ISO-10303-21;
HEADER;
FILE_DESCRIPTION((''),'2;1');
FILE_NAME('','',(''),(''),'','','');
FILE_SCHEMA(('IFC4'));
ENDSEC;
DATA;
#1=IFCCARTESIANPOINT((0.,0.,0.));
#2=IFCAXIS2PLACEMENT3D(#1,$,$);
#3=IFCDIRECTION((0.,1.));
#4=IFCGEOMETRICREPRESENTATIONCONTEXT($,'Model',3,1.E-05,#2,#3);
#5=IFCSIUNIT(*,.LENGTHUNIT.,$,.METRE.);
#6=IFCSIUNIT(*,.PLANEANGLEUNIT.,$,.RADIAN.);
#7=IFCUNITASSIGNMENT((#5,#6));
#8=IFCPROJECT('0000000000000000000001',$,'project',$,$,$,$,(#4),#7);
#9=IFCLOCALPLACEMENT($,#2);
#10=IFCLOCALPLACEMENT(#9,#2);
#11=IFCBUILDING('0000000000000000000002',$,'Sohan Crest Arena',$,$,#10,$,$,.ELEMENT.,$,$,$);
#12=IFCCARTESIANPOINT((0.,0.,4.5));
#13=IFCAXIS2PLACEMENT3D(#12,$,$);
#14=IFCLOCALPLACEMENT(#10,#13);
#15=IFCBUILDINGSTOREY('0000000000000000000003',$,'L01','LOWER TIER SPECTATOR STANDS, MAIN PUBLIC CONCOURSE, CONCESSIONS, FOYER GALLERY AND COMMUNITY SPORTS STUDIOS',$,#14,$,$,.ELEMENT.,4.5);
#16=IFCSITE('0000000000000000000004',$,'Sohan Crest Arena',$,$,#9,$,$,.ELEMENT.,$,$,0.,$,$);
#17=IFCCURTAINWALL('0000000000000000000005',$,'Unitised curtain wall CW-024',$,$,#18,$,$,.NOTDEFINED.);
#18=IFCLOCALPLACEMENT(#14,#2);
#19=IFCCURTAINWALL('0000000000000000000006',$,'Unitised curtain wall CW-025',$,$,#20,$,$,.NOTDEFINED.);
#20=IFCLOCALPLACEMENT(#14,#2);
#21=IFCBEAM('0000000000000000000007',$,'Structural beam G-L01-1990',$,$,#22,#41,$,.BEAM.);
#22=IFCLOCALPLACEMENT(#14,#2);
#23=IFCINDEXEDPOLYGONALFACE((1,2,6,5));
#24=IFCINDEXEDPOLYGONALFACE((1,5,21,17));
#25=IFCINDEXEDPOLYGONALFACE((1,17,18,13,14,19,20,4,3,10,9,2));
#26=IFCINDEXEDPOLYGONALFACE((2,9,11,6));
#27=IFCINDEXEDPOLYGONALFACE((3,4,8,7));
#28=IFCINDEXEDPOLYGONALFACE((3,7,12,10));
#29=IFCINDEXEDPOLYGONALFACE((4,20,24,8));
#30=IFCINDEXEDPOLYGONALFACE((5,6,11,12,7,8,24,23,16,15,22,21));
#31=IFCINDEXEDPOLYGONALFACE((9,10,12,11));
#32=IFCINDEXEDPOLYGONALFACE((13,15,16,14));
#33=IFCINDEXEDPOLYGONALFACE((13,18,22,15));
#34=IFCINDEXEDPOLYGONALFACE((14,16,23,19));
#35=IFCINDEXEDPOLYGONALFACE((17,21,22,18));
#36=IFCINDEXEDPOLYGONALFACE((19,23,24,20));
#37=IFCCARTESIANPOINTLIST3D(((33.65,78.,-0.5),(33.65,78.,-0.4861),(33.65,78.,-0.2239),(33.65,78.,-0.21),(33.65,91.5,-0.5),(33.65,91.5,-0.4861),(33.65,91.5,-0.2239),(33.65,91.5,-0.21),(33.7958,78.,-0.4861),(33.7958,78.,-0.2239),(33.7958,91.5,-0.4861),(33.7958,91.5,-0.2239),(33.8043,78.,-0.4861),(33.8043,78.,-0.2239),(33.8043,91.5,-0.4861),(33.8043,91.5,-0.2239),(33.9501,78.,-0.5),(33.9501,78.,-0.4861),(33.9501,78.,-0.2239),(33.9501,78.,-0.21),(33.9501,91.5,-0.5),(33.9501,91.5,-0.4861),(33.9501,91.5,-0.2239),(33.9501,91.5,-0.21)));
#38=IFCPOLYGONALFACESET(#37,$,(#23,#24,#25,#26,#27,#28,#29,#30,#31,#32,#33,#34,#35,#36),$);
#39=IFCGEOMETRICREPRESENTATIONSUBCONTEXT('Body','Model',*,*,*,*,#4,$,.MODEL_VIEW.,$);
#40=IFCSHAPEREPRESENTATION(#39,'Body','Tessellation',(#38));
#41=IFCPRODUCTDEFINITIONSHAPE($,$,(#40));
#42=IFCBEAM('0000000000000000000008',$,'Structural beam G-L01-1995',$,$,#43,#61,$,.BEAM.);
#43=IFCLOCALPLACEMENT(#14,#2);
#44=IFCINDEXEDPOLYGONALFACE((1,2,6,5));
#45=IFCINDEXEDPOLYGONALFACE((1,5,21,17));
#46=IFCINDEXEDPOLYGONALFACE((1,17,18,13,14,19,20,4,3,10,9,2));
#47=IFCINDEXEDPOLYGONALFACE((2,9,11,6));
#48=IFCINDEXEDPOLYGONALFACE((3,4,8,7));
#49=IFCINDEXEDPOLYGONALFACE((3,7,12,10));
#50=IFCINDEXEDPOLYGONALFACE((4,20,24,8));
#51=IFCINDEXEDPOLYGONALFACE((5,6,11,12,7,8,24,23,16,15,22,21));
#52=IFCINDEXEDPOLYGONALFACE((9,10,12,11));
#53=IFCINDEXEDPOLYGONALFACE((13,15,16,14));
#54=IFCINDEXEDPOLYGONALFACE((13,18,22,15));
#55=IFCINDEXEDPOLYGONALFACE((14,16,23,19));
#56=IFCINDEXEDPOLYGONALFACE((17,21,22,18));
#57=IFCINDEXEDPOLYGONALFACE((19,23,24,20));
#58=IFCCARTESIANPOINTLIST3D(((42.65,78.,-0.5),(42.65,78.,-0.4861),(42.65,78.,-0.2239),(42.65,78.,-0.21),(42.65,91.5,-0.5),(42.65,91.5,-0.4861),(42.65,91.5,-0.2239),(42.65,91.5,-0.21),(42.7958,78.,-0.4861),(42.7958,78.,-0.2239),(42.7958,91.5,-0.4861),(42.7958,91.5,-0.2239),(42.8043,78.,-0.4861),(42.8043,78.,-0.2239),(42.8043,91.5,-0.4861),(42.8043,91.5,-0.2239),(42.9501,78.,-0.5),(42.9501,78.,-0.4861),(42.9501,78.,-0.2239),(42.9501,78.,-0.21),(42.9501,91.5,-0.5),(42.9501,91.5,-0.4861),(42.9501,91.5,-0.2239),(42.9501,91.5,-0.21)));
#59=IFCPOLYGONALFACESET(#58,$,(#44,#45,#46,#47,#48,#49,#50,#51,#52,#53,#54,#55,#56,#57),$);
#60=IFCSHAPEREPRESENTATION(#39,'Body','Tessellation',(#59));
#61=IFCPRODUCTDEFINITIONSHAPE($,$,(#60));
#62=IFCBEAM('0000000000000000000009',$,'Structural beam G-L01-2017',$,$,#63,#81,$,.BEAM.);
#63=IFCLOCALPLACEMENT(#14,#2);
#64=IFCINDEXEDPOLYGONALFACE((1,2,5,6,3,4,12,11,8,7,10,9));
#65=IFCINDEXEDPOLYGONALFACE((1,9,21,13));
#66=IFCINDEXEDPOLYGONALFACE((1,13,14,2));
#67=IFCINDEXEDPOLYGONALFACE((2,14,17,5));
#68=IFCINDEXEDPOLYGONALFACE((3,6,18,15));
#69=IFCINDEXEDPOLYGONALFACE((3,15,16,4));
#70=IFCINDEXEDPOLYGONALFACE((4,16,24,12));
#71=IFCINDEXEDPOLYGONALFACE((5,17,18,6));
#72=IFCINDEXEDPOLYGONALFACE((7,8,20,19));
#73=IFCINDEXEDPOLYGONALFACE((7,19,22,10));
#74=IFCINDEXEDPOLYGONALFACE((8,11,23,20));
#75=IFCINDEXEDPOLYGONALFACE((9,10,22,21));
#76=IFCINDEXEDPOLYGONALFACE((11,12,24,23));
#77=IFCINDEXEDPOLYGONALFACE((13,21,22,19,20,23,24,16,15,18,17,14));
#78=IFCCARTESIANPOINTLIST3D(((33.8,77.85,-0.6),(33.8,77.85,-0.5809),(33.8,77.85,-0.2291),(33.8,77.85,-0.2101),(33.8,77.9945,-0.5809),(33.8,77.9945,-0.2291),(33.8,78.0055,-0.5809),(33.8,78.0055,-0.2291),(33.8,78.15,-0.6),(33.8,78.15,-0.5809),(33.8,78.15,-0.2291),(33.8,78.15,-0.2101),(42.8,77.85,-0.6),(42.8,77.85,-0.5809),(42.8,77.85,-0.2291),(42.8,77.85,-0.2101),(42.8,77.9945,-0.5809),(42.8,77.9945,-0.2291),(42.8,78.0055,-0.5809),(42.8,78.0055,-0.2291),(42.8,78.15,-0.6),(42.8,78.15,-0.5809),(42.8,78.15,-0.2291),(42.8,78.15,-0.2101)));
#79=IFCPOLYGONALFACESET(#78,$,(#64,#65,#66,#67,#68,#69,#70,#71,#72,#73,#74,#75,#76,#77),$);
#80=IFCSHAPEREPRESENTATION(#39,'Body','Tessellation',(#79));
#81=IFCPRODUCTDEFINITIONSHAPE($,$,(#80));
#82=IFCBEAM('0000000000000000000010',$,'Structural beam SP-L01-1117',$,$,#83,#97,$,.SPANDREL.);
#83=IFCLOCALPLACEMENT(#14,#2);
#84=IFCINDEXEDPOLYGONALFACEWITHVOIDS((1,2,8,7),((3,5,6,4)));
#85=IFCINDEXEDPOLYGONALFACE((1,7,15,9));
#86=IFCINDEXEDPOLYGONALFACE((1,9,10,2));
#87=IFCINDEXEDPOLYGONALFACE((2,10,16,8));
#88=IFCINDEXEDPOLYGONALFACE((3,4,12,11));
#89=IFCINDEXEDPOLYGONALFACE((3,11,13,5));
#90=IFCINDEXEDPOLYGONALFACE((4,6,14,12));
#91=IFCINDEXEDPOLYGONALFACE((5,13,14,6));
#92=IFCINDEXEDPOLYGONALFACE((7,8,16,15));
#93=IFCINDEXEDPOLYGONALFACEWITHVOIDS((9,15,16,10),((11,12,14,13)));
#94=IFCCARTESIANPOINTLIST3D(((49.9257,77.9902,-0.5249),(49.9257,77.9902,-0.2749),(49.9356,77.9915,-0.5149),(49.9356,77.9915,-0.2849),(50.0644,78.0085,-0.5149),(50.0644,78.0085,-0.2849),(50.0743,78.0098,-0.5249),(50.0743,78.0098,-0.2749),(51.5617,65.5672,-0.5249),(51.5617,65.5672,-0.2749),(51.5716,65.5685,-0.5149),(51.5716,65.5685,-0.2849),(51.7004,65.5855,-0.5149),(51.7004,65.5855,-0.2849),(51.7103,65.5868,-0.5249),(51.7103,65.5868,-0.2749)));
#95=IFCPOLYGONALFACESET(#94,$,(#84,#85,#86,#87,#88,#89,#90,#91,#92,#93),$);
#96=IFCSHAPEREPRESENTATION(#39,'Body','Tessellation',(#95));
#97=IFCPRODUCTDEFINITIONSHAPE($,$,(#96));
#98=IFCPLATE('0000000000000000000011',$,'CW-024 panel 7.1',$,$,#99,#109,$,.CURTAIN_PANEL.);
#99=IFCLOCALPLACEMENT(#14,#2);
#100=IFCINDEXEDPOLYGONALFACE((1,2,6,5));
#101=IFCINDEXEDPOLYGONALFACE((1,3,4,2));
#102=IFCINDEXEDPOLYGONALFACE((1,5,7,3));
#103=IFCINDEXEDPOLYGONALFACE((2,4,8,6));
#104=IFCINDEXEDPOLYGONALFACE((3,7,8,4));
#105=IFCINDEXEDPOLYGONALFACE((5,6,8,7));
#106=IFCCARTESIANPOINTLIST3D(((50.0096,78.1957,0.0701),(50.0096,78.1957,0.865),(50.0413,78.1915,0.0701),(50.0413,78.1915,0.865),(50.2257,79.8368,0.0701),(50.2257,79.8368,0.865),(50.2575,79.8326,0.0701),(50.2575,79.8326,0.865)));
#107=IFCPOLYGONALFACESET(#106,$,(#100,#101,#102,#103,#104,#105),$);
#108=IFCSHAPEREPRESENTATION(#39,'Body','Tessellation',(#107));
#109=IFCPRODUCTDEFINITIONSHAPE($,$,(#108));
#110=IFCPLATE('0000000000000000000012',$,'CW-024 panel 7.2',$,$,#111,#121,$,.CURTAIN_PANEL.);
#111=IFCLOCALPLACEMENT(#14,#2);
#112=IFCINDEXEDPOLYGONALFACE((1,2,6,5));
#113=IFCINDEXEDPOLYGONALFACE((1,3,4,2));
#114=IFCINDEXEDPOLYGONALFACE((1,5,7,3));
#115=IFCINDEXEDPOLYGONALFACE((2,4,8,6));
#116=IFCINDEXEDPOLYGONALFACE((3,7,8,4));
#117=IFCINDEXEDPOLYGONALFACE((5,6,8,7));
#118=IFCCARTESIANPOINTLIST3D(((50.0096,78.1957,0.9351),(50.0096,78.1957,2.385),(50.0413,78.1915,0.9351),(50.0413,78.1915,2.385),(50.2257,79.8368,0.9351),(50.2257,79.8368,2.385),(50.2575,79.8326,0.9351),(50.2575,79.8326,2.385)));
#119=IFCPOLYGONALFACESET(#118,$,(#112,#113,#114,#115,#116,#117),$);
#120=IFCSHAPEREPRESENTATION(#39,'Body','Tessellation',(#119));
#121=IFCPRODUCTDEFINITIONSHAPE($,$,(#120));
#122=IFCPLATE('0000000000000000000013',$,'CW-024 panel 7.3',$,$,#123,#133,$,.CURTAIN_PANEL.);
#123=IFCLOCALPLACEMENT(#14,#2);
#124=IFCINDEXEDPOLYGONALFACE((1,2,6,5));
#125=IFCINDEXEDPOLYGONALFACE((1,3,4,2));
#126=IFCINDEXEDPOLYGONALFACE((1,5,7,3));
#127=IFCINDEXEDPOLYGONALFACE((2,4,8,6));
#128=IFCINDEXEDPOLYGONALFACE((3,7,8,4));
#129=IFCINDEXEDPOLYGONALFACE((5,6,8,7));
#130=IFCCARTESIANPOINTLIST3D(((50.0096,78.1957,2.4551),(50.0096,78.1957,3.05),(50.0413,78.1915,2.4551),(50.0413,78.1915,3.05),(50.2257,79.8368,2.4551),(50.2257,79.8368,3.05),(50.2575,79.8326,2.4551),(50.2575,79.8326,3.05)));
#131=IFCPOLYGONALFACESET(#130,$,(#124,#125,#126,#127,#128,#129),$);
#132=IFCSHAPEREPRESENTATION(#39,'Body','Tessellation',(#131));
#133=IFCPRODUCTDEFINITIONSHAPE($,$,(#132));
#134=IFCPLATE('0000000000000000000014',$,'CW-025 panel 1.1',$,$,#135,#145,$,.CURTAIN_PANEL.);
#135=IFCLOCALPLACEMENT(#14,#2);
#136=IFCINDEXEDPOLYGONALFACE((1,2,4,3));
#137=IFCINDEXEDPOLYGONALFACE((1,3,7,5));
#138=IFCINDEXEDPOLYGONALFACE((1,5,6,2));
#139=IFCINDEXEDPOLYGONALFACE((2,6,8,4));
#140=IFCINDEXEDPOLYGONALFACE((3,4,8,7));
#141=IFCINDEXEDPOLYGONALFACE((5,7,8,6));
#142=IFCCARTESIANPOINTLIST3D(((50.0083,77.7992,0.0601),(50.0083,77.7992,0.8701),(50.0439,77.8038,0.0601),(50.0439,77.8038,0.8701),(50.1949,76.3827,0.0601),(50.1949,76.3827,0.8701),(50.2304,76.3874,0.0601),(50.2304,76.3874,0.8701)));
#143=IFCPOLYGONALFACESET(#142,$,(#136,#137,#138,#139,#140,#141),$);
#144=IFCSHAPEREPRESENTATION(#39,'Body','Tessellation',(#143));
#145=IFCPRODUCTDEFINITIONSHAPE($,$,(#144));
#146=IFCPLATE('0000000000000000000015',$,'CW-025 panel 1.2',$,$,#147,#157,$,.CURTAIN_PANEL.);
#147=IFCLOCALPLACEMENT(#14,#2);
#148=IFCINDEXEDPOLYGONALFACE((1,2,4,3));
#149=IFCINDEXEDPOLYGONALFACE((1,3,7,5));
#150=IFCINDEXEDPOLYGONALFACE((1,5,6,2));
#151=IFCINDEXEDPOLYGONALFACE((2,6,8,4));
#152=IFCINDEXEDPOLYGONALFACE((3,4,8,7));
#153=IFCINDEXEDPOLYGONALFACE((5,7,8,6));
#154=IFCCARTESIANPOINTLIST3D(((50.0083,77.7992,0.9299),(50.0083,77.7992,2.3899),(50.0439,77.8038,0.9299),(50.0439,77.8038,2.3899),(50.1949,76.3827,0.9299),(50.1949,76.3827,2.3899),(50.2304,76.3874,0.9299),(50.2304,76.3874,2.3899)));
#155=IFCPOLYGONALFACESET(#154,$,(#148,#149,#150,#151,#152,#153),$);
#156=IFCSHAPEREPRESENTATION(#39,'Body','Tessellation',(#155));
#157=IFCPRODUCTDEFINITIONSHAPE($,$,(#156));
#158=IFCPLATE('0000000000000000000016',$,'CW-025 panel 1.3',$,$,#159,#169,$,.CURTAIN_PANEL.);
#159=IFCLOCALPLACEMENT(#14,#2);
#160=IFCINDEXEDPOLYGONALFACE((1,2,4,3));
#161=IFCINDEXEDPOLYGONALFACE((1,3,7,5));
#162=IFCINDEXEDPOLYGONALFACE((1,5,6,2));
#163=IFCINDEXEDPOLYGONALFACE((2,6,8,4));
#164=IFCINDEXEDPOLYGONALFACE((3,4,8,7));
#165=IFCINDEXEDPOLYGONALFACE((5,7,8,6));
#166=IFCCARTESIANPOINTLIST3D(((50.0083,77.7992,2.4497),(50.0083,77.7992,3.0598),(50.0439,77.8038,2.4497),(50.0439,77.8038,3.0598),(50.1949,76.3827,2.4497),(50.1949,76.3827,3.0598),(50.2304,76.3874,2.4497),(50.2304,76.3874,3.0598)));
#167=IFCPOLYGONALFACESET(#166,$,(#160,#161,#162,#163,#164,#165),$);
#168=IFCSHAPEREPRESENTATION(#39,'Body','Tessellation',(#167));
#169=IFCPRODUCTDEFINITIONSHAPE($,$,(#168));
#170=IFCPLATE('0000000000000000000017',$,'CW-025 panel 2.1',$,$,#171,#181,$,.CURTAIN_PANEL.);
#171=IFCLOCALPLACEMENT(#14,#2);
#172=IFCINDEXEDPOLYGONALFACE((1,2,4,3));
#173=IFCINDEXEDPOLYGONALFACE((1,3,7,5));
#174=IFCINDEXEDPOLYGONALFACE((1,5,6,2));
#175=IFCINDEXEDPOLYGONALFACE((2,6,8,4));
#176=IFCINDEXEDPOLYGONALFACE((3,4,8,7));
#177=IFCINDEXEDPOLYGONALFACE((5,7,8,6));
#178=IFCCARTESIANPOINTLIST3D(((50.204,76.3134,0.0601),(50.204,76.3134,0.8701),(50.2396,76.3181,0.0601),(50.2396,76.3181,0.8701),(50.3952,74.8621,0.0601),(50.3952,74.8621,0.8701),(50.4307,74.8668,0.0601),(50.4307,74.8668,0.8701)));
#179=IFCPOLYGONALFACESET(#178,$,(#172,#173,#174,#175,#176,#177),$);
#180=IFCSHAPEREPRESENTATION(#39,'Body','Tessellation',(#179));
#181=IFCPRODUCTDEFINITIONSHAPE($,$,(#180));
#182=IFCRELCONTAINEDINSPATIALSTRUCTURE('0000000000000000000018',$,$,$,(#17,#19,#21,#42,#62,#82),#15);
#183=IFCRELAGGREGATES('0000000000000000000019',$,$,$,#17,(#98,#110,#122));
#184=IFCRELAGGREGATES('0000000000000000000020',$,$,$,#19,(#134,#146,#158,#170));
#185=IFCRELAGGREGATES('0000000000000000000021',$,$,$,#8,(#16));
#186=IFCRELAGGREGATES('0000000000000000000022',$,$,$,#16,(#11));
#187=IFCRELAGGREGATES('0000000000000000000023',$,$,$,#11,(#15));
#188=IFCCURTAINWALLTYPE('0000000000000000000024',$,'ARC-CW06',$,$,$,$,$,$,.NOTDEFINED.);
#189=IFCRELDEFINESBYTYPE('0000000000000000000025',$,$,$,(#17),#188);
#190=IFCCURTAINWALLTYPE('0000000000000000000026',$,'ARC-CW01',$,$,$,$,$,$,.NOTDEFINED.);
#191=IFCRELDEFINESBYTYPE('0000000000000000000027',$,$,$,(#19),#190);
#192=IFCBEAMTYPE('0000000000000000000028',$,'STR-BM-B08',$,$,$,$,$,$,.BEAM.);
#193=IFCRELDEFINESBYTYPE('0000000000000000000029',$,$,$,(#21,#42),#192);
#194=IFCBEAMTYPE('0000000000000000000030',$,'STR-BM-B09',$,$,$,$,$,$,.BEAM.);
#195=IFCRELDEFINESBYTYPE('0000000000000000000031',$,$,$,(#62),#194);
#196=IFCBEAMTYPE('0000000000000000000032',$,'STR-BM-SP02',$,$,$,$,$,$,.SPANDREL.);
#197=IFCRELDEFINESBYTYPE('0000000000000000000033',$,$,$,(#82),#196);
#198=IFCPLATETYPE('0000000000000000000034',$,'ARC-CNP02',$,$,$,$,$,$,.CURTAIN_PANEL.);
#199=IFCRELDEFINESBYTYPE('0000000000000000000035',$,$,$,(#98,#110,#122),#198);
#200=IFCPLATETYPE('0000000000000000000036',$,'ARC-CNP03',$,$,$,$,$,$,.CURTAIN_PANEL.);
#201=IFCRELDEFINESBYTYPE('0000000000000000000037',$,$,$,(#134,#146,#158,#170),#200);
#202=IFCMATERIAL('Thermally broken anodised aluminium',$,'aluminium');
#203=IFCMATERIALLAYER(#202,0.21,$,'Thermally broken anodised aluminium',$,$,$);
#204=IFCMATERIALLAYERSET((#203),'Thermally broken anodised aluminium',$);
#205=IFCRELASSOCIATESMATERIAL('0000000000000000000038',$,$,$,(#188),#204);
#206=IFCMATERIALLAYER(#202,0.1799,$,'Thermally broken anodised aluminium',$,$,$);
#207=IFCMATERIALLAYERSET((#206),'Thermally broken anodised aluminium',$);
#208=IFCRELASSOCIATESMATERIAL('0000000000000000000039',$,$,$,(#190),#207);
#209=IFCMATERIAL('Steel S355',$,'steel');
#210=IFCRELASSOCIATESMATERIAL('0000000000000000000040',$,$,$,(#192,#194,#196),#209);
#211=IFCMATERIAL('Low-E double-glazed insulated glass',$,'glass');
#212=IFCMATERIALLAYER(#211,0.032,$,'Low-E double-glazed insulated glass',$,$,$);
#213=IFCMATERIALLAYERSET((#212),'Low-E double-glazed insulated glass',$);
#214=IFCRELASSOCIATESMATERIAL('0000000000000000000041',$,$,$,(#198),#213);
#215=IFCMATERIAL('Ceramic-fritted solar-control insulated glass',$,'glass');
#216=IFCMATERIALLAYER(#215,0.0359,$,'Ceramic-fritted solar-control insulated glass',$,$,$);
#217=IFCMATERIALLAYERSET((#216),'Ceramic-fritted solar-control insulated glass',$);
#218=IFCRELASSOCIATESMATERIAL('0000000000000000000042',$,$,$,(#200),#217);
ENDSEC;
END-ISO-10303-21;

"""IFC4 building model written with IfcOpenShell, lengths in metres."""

from ifc_helpers import new_model, si_unit, direction, frame, origin, origin_2d, place, context, subcontext, project, spatial, rectangle, hollow_rectangle, i_section, extrude, material, layer, layer_set, material_profile, profile_set, type_object, element, aggregate, save


model = new_model("IFC4")

# Units and contexts
model_context = context("Model", 3, precision=1e-05, world=origin(), true_north=direction((0.0, 1.0)))
body_context = subcontext(model_context, "Body", "Model", "MODEL_VIEW")
ifc_project = project(units=[si_unit("LENGTHUNIT", "METRE"), si_unit("PLANEANGLEUNIT", "RADIAN")], contexts=[model_context])

# Site, building, storey
site_placement = place(None, origin())
site = spatial("IfcSite", under=ifc_project, at=site_placement, Name="Sohan Crest Arena", CompositionType="ELEMENT", RefElevation=0.0)
building_placement = place(site_placement, origin())
building = spatial("IfcBuilding", under=site, at=building_placement, Name="Sohan Crest Arena", CompositionType="ELEMENT")
storey_placement = place(building_placement, frame((0.0, 0.0, 4.5)))
storey = spatial("IfcBuildingStorey", under=building, at=storey_placement, Name="L01", Description="LOWER TIER SPECTATOR STANDS, MAIN PUBLIC CONCOURSE, CONCESSIONS, FOYER GALLERY AND COMMUNITY SPORTS STUDIOS", CompositionType="ELEMENT", Elevation=4.5)

# Shared definitions
ifc_material_1 = material(Name="Steel S355", Category="steel")

# Curtain walls
ifc_material_2 = material(Name="Thermally broken anodised aluminium", Category="aluminium")
ifc_layer_1 = layer(ifc_material_2, 0.21, Name="Thermally broken anodised aluminium")
ifc_layer_set_1 = layer_set([ifc_layer_1], Name="Thermally broken anodised aluminium")
curtain_wall_type_1 = type_object("IfcCurtainWallType", Name="ARC-CW06", PredefinedType="NOTDEFINED", material=ifc_layer_set_1)
curtain_wall_1_placement = place(storey_placement, origin())
curtain_wall_1 = element("IfcCurtainWall", 1, at=curtain_wall_1_placement, inside=storey, type_object=curtain_wall_type_1, Name="Unitised curtain wall CW-024", PredefinedType="NOTDEFINED")
ifc_layer_2 = layer(ifc_material_2, 0.1799, Name="Thermally broken anodised aluminium")
ifc_layer_set_2 = layer_set([ifc_layer_2], Name="Thermally broken anodised aluminium")
curtain_wall_type_2 = type_object("IfcCurtainWallType", Name="ARC-CW01", PredefinedType="NOTDEFINED", material=ifc_layer_set_2)
curtain_wall_2_placement = place(storey_placement, origin())
curtain_wall_2 = element("IfcCurtainWall", 2, at=curtain_wall_2_placement, inside=storey, type_object=curtain_wall_type_2, Name="Unitised curtain wall CW-025", PredefinedType="NOTDEFINED")

# Beams
ifc_material_profile_1 = material_profile(ifc_material_1, i_section(OverallWidth=0.3, OverallDepth=0.29, WebThickness=0.0085, FlangeThickness=0.0139, at=origin_2d()), Name="HEA 300")
ifc_profile_set_1 = profile_set([ifc_material_profile_1], Name="Steel S355")
beam_type_1 = type_object("IfcBeamType", Name="STR-BM-B08", PredefinedType="BEAM", material=ifc_profile_set_1)
for number, where, z_axis, x_axis, name in (
    (3, (33.8, 78.0, -0.355), (0.0, 1.0, 0.0), (-1.0, 0.0, 0.0), "Structural beam G-L01-1990"),
    (4, (42.8, 78.0, -0.355), (0.0, 1.0, 0.0), (-1.0, 0.0, 0.0), "Structural beam G-L01-1995"),
):
    element("IfcBeam", number, at=place(storey_placement, frame(where, z_axis=z_axis, x_axis=x_axis)), inside=storey, type_object=beam_type_1, Name=name, PredefinedType="BEAM", context=body_context, shape_type="SweptSolid", body=[
        extrude(i_section(OverallWidth=0.3, OverallDepth=0.29, WebThickness=0.0085, FlangeThickness=0.0139, at=origin_2d()), origin(), (0.0, 0.0, 1.0), 13.5),
    ])
ifc_material_profile_2 = material_profile(ifc_material_1, i_section(OverallWidth=0.3, OverallDepth=0.3899, WebThickness=0.011, FlangeThickness=0.019, at=origin_2d()), Name="HEA 400")
ifc_profile_set_2 = profile_set([ifc_material_profile_2], Name="Steel S355")
beam_type_2 = type_object("IfcBeamType", Name="STR-BM-B09", PredefinedType="BEAM", material=ifc_profile_set_2)
beam_1_placement = place(storey_placement, frame((33.8, 78.0, -0.405), z_axis=(1.0, 0.0, 0.0), x_axis=(0.0, 1.0, 0.0)))
element("IfcBeam", 5, at=beam_1_placement, inside=storey, type_object=beam_type_2, Name="Structural beam G-L01-2017", PredefinedType="BEAM", context=body_context, shape_type="SweptSolid", body=[
    extrude(i_section(OverallWidth=0.3, OverallDepth=0.3899, WebThickness=0.011, FlangeThickness=0.019, at=origin_2d()), origin(), (0.0, 0.0, 1.0), 9.0),
])
ifc_material_profile_3 = material_profile(ifc_material_1, hollow_rectangle(XDim=0.1499, YDim=0.25, WallThickness=0.01, at=origin_2d()), Name="RHS 250x150x10")
ifc_profile_set_3 = profile_set([ifc_material_profile_3], Name="Steel S355")
beam_type_3 = type_object("IfcBeamType", Name="STR-BM-SP02", PredefinedType="SPANDREL", material=ifc_profile_set_3)
beam_2_placement = place(storey_placement, frame((50.0, 78.0, -0.3999), z_axis=(0.130562, -0.99144, 0.0), x_axis=(0.99144, 0.130562, 0.0)))
element("IfcBeam", 6, at=beam_2_placement, inside=storey, type_object=beam_type_3, Name="Structural beam SP-L01-1117", PredefinedType="SPANDREL", context=body_context, shape_type="SweptSolid", body=[
    extrude(hollow_rectangle(XDim=0.1499, YDim=0.25, WallThickness=0.01, at=origin_2d()), origin(), (0.0, 0.0, 1.0), 12.5303),
])

# Plates
ifc_material_3 = material(Name="Low-E double-glazed insulated glass", Category="glass")
ifc_layer_3 = layer(ifc_material_3, 0.032, Name="Low-E double-glazed insulated glass")
ifc_layer_set_3 = layer_set([ifc_layer_3], Name="Low-E double-glazed insulated glass")
plate_type_1 = type_object("IfcPlateType", Name="ARC-CNP02", PredefinedType="CURTAIN_PANEL", material=ifc_layer_set_3)
plate_1_placement = place(storey_placement, frame((50.1335, 79.0142, 0.0701), z_axis=(0.0, 0.0, 1.0), x_axis=(-0.130562, -0.99144, 0.0)))
plate_1 = element("IfcPlate", 7, at=plate_1_placement, type_object=plate_type_1, Name="CW-024 panel 7.1", PredefinedType="CURTAIN_PANEL", context=body_context, shape_type="SweptSolid", body=[
    extrude(rectangle(XDim=1.6553, YDim=0.032, at=origin_2d()), origin(), (0.0, 0.0, 1.0), 0.7949),
])
plate_2_placement = place(storey_placement, frame((50.1335, 79.0142, 0.9351), z_axis=(0.0, 0.0, 1.0), x_axis=(-0.130562, -0.99144, 0.0)))
plate_2 = element("IfcPlate", 8, at=plate_2_placement, type_object=plate_type_1, Name="CW-024 panel 7.2", PredefinedType="CURTAIN_PANEL", context=body_context, shape_type="SweptSolid", body=[
    extrude(rectangle(XDim=1.6553, YDim=0.032, at=origin_2d()), origin(), (0.0, 0.0, 1.0), 1.45),
])
plate_3_placement = place(storey_placement, frame((50.1335, 79.0142, 2.4551), z_axis=(0.0, 0.0, 1.0), x_axis=(-0.130562, -0.99144, 0.0)))
plate_3 = element("IfcPlate", 9, at=plate_3_placement, type_object=plate_type_1, Name="CW-024 panel 7.3", PredefinedType="CURTAIN_PANEL", context=body_context, shape_type="SweptSolid", body=[
    extrude(rectangle(XDim=1.6553, YDim=0.032, at=origin_2d()), origin(), (0.0, 0.0, 1.0), 0.595),
])
aggregate(curtain_wall_1, [plate_1, plate_2, plate_3])
ifc_material_4 = material(Name="Ceramic-fritted solar-control insulated glass", Category="glass")
ifc_layer_4 = layer(ifc_material_4, 0.0359, Name="Ceramic-fritted solar-control insulated glass")
ifc_layer_set_4 = layer_set([ifc_layer_4], Name="Ceramic-fritted solar-control insulated glass")
plate_type_2 = type_object("IfcPlateType", Name="ARC-CNP03", PredefinedType="CURTAIN_PANEL", material=ifc_layer_set_4)
plate_4_placement = place(storey_placement, frame((50.1194, 77.0933, 0.0601), z_axis=(0.0, 0.0, 1.0), x_axis=(0.130562, -0.99144, 0.0)))
plate_4 = element("IfcPlate", 10, at=plate_4_placement, type_object=plate_type_2, Name="CW-025 panel 1.1", PredefinedType="CURTAIN_PANEL", context=body_context, shape_type="SweptSolid", body=[
    extrude(rectangle(XDim=1.4287, YDim=0.0359, at=origin_2d()), origin(), (0.0, 0.0, 1.0), 0.8101),
])
plate_5_placement = place(storey_placement, frame((50.1194, 77.0933, 0.9299), z_axis=(0.0, 0.0, 1.0), x_axis=(0.130562, -0.99144, 0.0)))
plate_5 = element("IfcPlate", 11, at=plate_5_placement, type_object=plate_type_2, Name="CW-025 panel 1.2", PredefinedType="CURTAIN_PANEL", context=body_context, shape_type="SweptSolid", body=[
    extrude(rectangle(XDim=1.4287, YDim=0.0359, at=origin_2d()), origin(), (0.0, 0.0, 1.0), 1.46),
])
plate_6_placement = place(storey_placement, frame((50.1194, 77.0933, 2.4497), z_axis=(0.0, 0.0, 1.0), x_axis=(0.130562, -0.99144, 0.0)))
plate_6 = element("IfcPlate", 12, at=plate_6_placement, type_object=plate_type_2, Name="CW-025 panel 1.3", PredefinedType="CURTAIN_PANEL", context=body_context, shape_type="SweptSolid", body=[
    extrude(rectangle(XDim=1.4287, YDim=0.0359, at=origin_2d()), origin(), (0.0, 0.0, 1.0), 0.6101),
])
plate_7_placement = place(storey_placement, frame((50.3174, 75.5901, 0.0601), z_axis=(0.0, 0.0, 1.0), x_axis=(0.130562, -0.99144, 0.0)))
plate_7 = element("IfcPlate", 13, at=plate_7_placement, type_object=plate_type_2, Name="CW-025 panel 2.1", PredefinedType="CURTAIN_PANEL", context=body_context, shape_type="SweptSolid", body=[
    extrude(rectangle(XDim=1.4639, YDim=0.0359, at=origin_2d()), origin(), (0.0, 0.0, 1.0), 0.8101),
])
aggregate(curtain_wall_2, [plate_4, plate_5, plate_6, plate_7])

save(model, "model.ifc")
